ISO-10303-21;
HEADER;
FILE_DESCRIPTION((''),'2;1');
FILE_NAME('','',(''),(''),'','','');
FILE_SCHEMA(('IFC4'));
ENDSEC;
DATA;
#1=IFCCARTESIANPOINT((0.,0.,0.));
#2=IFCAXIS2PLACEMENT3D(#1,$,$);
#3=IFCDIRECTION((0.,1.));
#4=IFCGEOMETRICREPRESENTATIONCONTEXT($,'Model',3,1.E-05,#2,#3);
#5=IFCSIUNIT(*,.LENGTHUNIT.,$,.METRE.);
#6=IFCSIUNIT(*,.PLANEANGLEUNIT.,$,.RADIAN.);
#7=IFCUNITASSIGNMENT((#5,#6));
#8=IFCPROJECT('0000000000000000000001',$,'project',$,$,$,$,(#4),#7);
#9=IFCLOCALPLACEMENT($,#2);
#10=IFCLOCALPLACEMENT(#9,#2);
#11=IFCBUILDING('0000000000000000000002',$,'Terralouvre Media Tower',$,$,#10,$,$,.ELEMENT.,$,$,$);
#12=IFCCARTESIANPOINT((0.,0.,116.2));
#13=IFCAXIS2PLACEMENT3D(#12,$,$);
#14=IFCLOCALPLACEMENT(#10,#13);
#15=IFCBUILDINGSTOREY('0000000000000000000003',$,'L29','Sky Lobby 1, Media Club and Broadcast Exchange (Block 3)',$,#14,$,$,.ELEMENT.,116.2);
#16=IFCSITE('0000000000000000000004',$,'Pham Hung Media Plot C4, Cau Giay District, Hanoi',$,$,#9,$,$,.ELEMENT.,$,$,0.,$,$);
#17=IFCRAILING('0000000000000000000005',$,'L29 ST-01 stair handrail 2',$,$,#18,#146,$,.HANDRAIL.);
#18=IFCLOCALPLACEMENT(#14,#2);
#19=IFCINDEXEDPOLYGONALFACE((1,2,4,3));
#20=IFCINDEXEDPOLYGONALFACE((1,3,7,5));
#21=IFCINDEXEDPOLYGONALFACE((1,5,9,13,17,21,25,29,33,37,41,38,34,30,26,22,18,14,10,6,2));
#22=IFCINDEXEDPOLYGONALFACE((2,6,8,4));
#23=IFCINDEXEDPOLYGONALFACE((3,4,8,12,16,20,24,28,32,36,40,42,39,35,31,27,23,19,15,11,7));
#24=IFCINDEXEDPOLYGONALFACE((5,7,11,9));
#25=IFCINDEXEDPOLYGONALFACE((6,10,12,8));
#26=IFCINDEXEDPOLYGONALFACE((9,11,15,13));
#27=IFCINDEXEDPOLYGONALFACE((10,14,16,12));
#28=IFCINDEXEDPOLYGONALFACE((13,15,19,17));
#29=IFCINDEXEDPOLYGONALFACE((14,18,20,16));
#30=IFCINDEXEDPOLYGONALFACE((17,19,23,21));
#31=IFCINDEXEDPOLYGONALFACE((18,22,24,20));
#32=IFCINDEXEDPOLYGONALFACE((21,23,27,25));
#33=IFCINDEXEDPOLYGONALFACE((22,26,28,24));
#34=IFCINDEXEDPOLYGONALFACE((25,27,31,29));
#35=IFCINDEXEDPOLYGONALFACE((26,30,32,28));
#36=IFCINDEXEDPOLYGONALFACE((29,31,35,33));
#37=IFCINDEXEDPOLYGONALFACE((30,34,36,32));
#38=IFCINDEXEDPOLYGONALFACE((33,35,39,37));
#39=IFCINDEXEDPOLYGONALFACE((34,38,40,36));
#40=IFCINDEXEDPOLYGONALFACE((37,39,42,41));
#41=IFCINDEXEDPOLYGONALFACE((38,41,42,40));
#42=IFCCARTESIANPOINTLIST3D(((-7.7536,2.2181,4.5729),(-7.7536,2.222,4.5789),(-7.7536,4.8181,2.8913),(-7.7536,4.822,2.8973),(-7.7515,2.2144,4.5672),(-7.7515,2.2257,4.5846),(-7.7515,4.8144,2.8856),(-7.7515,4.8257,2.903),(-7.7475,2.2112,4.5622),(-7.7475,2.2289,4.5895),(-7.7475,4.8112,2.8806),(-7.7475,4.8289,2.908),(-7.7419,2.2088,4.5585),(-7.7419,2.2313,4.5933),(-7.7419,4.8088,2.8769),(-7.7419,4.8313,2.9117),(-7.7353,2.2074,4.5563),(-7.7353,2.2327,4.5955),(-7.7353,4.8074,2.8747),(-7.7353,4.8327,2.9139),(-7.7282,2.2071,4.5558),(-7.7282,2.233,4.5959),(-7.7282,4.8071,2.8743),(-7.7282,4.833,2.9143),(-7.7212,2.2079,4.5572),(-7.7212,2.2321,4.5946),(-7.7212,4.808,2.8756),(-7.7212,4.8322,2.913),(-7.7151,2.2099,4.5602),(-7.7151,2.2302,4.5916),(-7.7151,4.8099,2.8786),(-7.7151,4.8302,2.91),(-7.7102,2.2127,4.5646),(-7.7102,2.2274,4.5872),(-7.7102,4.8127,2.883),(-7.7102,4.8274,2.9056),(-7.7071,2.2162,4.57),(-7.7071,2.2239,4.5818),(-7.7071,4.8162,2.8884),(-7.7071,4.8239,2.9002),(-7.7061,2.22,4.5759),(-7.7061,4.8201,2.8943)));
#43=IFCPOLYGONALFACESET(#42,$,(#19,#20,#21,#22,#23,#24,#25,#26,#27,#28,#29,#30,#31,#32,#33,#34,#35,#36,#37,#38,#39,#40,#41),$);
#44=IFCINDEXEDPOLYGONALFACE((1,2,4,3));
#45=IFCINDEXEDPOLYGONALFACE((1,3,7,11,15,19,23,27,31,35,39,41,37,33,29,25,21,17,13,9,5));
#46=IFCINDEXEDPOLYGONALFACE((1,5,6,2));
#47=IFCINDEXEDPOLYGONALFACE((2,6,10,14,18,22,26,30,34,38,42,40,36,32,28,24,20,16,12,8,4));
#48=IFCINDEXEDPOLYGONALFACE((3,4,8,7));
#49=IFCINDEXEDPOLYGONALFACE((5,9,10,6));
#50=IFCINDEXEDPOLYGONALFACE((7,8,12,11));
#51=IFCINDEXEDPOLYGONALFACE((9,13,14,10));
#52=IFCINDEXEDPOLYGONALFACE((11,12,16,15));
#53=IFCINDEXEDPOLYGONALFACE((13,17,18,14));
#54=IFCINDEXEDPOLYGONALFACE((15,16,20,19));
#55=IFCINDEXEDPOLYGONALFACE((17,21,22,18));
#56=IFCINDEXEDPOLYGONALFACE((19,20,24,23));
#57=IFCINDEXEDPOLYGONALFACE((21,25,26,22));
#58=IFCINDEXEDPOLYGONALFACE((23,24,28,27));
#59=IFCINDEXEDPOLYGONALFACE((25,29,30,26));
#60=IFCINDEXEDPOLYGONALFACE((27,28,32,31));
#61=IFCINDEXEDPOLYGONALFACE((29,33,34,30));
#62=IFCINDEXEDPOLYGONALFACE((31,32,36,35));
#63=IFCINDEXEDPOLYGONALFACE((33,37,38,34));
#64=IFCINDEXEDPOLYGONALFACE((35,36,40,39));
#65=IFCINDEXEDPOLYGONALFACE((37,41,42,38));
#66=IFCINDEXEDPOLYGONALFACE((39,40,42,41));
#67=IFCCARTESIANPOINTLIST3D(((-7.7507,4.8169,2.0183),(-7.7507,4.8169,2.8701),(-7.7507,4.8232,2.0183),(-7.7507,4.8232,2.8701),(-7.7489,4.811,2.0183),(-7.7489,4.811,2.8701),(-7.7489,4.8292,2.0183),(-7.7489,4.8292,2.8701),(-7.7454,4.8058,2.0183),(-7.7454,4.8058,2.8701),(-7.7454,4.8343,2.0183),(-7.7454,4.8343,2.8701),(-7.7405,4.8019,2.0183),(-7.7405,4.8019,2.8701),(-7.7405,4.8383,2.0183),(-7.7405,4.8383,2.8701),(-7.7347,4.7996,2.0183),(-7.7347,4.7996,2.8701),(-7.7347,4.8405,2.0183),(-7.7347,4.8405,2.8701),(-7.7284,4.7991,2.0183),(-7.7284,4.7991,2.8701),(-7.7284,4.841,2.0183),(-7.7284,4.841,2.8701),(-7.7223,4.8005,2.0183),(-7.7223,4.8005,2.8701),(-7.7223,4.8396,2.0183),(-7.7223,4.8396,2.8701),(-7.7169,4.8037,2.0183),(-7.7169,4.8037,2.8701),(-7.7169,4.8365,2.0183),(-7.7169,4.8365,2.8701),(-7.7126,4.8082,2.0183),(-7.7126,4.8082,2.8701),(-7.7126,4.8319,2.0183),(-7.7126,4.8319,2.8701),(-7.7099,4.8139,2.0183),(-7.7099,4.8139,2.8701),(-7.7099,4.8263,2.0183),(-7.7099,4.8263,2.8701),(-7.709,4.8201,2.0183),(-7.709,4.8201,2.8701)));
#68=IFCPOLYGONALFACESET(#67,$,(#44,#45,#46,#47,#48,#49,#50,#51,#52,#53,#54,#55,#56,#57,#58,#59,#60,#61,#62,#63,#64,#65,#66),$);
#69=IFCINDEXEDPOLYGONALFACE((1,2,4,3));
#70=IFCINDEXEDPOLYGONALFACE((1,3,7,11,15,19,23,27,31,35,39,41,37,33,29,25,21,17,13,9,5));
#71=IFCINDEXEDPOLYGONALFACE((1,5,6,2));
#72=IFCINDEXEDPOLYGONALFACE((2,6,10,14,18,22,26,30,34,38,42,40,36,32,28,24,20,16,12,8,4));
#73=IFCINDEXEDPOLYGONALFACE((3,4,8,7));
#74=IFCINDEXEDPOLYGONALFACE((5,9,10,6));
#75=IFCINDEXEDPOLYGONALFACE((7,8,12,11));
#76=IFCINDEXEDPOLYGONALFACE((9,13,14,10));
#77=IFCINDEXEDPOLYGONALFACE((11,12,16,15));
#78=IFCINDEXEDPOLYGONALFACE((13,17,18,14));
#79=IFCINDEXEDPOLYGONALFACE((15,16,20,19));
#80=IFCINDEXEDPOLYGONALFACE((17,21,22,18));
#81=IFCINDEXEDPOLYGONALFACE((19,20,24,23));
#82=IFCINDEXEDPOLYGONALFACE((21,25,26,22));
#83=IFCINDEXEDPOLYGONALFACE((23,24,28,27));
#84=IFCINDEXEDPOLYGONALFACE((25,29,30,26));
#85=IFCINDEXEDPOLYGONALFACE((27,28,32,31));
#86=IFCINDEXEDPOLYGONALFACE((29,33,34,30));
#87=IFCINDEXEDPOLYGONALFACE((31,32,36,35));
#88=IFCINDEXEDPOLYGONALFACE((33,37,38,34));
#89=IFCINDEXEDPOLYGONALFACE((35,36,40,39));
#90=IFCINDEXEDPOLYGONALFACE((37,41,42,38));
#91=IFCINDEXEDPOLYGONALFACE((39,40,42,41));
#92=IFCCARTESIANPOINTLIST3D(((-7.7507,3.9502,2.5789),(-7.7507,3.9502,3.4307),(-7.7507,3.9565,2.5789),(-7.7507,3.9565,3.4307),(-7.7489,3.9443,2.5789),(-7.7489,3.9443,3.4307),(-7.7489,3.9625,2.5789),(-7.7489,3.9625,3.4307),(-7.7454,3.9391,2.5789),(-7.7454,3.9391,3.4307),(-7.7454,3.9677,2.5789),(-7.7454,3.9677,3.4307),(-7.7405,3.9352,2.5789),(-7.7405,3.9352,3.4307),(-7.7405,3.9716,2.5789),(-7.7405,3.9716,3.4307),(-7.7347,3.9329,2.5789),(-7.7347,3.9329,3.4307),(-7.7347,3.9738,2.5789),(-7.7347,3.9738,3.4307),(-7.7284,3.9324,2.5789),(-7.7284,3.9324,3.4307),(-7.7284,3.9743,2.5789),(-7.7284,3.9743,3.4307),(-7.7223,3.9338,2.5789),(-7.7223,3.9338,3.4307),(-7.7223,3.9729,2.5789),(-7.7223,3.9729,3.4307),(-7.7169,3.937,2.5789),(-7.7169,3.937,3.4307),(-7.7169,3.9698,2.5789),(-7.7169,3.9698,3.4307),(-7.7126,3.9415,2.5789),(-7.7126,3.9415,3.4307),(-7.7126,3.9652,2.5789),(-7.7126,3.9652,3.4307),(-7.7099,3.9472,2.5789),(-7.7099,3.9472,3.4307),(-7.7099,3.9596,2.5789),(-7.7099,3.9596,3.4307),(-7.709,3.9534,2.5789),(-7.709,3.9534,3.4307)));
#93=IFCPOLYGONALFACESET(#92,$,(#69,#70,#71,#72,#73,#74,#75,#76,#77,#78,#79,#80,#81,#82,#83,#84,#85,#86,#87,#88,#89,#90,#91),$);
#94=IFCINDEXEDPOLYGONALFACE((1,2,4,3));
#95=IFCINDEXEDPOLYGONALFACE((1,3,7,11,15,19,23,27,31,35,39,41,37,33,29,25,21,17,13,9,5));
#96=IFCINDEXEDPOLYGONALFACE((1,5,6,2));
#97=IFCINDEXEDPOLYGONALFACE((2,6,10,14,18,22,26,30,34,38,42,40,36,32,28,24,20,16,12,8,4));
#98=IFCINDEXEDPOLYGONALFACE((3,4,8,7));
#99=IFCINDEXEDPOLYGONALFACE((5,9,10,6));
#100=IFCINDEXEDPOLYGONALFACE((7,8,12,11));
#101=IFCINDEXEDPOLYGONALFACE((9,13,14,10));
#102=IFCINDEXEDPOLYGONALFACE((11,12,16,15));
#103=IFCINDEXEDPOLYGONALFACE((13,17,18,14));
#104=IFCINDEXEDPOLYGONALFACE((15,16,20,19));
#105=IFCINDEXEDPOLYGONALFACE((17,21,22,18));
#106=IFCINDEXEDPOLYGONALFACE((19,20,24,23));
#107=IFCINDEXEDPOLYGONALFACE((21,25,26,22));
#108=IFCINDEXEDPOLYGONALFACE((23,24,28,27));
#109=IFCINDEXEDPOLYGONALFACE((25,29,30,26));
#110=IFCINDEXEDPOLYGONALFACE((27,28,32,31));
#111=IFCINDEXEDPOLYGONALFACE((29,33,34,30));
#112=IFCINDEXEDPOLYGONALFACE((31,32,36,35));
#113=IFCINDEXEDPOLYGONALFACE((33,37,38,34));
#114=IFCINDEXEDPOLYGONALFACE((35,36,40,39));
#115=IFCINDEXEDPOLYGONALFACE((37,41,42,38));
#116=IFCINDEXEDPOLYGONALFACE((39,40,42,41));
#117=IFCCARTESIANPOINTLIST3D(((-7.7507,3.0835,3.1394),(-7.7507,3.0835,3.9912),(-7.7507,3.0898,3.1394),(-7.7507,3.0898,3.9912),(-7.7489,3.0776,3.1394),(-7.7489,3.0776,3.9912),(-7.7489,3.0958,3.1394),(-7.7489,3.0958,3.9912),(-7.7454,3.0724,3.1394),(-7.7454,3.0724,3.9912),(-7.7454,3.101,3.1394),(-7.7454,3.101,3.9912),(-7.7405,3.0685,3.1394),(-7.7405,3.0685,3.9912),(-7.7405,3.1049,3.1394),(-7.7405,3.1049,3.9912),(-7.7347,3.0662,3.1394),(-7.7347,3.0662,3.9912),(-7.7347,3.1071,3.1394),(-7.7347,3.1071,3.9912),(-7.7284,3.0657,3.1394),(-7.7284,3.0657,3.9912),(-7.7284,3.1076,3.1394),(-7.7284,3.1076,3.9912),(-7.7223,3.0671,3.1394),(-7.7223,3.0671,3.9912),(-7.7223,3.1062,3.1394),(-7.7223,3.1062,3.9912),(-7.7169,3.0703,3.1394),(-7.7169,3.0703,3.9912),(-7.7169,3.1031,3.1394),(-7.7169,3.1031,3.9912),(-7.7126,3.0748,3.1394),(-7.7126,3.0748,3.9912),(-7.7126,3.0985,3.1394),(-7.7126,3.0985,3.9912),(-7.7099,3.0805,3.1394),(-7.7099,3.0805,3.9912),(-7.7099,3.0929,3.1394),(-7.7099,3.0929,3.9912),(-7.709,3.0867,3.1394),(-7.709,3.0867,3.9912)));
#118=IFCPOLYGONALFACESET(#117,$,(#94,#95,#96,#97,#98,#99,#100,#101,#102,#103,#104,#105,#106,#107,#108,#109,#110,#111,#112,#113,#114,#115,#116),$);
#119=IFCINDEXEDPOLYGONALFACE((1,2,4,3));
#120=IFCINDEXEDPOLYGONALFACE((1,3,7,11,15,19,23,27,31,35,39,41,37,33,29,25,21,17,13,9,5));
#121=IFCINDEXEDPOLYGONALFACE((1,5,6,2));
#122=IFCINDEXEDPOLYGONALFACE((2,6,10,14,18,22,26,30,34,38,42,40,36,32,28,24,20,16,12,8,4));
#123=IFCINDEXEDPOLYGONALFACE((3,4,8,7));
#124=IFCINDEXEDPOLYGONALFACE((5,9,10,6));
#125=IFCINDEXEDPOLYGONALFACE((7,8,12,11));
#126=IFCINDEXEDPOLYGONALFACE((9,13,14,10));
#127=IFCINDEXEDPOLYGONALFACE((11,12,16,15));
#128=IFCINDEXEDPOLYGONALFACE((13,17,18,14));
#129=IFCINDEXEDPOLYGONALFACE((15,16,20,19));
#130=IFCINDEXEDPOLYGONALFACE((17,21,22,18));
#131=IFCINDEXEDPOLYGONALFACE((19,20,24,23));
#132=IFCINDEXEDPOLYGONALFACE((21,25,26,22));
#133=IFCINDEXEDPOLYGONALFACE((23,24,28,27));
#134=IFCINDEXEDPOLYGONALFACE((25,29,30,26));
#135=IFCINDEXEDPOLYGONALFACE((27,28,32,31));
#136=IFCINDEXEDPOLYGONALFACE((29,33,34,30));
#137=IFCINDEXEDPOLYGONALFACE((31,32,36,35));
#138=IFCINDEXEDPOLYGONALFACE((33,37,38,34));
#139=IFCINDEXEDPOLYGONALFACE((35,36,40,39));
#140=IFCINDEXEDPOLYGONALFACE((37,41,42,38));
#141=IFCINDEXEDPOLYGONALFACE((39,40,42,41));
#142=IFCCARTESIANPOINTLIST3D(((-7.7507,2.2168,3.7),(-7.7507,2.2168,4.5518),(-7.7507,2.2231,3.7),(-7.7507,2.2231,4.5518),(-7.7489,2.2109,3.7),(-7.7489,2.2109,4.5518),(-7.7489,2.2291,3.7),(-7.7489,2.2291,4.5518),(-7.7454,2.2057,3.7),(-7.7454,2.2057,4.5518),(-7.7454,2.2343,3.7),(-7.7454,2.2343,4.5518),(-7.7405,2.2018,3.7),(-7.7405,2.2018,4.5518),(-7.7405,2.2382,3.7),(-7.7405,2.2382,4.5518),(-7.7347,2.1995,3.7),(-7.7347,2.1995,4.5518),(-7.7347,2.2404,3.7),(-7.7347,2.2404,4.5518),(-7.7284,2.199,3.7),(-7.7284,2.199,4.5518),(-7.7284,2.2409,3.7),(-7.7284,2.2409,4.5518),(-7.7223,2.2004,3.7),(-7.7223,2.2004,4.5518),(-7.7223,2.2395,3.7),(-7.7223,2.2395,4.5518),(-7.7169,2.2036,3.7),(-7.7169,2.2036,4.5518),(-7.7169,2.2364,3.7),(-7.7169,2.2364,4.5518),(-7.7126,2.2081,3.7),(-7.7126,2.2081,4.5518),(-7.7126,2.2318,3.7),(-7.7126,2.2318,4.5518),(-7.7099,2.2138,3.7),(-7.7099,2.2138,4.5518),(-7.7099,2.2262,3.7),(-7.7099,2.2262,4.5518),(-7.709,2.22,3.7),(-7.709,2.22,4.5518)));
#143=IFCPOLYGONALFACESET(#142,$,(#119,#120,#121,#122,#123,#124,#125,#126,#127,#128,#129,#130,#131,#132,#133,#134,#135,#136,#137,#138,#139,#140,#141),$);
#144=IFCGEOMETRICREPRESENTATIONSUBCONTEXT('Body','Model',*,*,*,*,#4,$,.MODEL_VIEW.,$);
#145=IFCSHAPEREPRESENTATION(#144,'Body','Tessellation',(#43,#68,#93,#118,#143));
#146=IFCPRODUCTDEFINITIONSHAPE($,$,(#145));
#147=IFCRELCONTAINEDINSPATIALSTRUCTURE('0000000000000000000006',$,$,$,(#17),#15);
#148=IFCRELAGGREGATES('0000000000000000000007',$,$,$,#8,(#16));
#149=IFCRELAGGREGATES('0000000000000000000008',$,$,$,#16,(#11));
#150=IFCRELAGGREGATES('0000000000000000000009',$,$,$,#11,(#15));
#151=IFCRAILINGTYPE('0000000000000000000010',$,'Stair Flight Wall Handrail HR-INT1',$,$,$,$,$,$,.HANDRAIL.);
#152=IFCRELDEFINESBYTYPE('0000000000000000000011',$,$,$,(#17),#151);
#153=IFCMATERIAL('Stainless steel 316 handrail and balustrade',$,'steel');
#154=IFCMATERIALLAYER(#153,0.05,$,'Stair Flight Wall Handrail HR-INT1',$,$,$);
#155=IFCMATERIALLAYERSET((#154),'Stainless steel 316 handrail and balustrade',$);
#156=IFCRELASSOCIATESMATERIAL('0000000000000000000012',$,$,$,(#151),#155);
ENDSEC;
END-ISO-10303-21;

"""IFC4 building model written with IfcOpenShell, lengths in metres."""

from ifc_helpers import new_model, si_unit, direction, frame, origin, origin_2d, place, context, subcontext, project, spatial, circle, extrude, material, layer, layer_set, type_object, element, save


model = new_model("IFC4")

# Units and contexts
model_context = context("Model", 3, precision=1e-05, world=origin(), true_north=direction((0.0, 1.0)))
body_context = subcontext(model_context, "Body", "Model", "MODEL_VIEW")
ifc_project = project(units=[si_unit("LENGTHUNIT", "METRE"), si_unit("PLANEANGLEUNIT", "RADIAN")], contexts=[model_context])

# Site, building, storey
site_placement = place(None, origin())
site = spatial("IfcSite", under=ifc_project, at=site_placement, Name="Pham Hung Media Plot C4, Cau Giay District, Hanoi", CompositionType="ELEMENT", RefElevation=0.0)
building_placement = place(site_placement, origin())
building = spatial("IfcBuilding", under=site, at=building_placement, Name="Terralouvre Media Tower", CompositionType="ELEMENT")
storey_placement = place(building_placement, frame((0.0, 0.0, 116.2)))
storey = spatial("IfcBuildingStorey", under=building, at=storey_placement, Name="L29", Description="Sky Lobby 1, Media Club and Broadcast Exchange (Block 3)", CompositionType="ELEMENT", Elevation=116.2)

# Railing
ifc_material_1 = material(Name="Stainless steel 316 handrail and balustrade", Category="steel")
ifc_layer_1 = layer(ifc_material_1, 0.05, Name="Stair Flight Wall Handrail HR-INT1")
ifc_layer_set_1 = layer_set([ifc_layer_1], Name="Stainless steel 316 handrail and balustrade")
railing_type_1 = type_object("IfcRailingType", Name="Stair Flight Wall Handrail HR-INT1", PredefinedType="HANDRAIL", material=ifc_layer_set_1)
railing_1_placement = place(storey_placement, frame((-7.73, 4.8201, 2.0183)))
element("IfcRailing", 1, at=railing_1_placement, inside=storey, type_object=railing_type_1, Name="L29 ST-01 stair handrail 2", PredefinedType="HANDRAIL", context=body_context, shape_type="SweptSolid", body=[
    extrude(circle(Radius=0.0239, at=origin_2d()), frame((0.0, 0.0, 0.876), z_axis=(0.0, -0.839684, 0.543075), x_axis=(1.0, 0.0, 0.0)), (0.0, 0.0, 1.0), 3.0964),
    extrude(circle(Radius=0.021, at=origin_2d()), origin(), (0.0, 0.0, 1.0), 0.8518),
    extrude(circle(Radius=0.021, at=origin_2d()), frame((0.0, -0.8667, 0.5605)), (0.0, 0.0, 1.0), 0.8518),
    extrude(circle(Radius=0.021, at=origin_2d()), frame((0.0, -1.7334, 1.1211)), (0.0, 0.0, 1.0), 0.8518),
    extrude(circle(Radius=0.021, at=origin_2d()), frame((0.0, -2.6001, 1.6816)), (0.0, 0.0, 1.0), 0.8518),
])

save(model, "model.ifc")
